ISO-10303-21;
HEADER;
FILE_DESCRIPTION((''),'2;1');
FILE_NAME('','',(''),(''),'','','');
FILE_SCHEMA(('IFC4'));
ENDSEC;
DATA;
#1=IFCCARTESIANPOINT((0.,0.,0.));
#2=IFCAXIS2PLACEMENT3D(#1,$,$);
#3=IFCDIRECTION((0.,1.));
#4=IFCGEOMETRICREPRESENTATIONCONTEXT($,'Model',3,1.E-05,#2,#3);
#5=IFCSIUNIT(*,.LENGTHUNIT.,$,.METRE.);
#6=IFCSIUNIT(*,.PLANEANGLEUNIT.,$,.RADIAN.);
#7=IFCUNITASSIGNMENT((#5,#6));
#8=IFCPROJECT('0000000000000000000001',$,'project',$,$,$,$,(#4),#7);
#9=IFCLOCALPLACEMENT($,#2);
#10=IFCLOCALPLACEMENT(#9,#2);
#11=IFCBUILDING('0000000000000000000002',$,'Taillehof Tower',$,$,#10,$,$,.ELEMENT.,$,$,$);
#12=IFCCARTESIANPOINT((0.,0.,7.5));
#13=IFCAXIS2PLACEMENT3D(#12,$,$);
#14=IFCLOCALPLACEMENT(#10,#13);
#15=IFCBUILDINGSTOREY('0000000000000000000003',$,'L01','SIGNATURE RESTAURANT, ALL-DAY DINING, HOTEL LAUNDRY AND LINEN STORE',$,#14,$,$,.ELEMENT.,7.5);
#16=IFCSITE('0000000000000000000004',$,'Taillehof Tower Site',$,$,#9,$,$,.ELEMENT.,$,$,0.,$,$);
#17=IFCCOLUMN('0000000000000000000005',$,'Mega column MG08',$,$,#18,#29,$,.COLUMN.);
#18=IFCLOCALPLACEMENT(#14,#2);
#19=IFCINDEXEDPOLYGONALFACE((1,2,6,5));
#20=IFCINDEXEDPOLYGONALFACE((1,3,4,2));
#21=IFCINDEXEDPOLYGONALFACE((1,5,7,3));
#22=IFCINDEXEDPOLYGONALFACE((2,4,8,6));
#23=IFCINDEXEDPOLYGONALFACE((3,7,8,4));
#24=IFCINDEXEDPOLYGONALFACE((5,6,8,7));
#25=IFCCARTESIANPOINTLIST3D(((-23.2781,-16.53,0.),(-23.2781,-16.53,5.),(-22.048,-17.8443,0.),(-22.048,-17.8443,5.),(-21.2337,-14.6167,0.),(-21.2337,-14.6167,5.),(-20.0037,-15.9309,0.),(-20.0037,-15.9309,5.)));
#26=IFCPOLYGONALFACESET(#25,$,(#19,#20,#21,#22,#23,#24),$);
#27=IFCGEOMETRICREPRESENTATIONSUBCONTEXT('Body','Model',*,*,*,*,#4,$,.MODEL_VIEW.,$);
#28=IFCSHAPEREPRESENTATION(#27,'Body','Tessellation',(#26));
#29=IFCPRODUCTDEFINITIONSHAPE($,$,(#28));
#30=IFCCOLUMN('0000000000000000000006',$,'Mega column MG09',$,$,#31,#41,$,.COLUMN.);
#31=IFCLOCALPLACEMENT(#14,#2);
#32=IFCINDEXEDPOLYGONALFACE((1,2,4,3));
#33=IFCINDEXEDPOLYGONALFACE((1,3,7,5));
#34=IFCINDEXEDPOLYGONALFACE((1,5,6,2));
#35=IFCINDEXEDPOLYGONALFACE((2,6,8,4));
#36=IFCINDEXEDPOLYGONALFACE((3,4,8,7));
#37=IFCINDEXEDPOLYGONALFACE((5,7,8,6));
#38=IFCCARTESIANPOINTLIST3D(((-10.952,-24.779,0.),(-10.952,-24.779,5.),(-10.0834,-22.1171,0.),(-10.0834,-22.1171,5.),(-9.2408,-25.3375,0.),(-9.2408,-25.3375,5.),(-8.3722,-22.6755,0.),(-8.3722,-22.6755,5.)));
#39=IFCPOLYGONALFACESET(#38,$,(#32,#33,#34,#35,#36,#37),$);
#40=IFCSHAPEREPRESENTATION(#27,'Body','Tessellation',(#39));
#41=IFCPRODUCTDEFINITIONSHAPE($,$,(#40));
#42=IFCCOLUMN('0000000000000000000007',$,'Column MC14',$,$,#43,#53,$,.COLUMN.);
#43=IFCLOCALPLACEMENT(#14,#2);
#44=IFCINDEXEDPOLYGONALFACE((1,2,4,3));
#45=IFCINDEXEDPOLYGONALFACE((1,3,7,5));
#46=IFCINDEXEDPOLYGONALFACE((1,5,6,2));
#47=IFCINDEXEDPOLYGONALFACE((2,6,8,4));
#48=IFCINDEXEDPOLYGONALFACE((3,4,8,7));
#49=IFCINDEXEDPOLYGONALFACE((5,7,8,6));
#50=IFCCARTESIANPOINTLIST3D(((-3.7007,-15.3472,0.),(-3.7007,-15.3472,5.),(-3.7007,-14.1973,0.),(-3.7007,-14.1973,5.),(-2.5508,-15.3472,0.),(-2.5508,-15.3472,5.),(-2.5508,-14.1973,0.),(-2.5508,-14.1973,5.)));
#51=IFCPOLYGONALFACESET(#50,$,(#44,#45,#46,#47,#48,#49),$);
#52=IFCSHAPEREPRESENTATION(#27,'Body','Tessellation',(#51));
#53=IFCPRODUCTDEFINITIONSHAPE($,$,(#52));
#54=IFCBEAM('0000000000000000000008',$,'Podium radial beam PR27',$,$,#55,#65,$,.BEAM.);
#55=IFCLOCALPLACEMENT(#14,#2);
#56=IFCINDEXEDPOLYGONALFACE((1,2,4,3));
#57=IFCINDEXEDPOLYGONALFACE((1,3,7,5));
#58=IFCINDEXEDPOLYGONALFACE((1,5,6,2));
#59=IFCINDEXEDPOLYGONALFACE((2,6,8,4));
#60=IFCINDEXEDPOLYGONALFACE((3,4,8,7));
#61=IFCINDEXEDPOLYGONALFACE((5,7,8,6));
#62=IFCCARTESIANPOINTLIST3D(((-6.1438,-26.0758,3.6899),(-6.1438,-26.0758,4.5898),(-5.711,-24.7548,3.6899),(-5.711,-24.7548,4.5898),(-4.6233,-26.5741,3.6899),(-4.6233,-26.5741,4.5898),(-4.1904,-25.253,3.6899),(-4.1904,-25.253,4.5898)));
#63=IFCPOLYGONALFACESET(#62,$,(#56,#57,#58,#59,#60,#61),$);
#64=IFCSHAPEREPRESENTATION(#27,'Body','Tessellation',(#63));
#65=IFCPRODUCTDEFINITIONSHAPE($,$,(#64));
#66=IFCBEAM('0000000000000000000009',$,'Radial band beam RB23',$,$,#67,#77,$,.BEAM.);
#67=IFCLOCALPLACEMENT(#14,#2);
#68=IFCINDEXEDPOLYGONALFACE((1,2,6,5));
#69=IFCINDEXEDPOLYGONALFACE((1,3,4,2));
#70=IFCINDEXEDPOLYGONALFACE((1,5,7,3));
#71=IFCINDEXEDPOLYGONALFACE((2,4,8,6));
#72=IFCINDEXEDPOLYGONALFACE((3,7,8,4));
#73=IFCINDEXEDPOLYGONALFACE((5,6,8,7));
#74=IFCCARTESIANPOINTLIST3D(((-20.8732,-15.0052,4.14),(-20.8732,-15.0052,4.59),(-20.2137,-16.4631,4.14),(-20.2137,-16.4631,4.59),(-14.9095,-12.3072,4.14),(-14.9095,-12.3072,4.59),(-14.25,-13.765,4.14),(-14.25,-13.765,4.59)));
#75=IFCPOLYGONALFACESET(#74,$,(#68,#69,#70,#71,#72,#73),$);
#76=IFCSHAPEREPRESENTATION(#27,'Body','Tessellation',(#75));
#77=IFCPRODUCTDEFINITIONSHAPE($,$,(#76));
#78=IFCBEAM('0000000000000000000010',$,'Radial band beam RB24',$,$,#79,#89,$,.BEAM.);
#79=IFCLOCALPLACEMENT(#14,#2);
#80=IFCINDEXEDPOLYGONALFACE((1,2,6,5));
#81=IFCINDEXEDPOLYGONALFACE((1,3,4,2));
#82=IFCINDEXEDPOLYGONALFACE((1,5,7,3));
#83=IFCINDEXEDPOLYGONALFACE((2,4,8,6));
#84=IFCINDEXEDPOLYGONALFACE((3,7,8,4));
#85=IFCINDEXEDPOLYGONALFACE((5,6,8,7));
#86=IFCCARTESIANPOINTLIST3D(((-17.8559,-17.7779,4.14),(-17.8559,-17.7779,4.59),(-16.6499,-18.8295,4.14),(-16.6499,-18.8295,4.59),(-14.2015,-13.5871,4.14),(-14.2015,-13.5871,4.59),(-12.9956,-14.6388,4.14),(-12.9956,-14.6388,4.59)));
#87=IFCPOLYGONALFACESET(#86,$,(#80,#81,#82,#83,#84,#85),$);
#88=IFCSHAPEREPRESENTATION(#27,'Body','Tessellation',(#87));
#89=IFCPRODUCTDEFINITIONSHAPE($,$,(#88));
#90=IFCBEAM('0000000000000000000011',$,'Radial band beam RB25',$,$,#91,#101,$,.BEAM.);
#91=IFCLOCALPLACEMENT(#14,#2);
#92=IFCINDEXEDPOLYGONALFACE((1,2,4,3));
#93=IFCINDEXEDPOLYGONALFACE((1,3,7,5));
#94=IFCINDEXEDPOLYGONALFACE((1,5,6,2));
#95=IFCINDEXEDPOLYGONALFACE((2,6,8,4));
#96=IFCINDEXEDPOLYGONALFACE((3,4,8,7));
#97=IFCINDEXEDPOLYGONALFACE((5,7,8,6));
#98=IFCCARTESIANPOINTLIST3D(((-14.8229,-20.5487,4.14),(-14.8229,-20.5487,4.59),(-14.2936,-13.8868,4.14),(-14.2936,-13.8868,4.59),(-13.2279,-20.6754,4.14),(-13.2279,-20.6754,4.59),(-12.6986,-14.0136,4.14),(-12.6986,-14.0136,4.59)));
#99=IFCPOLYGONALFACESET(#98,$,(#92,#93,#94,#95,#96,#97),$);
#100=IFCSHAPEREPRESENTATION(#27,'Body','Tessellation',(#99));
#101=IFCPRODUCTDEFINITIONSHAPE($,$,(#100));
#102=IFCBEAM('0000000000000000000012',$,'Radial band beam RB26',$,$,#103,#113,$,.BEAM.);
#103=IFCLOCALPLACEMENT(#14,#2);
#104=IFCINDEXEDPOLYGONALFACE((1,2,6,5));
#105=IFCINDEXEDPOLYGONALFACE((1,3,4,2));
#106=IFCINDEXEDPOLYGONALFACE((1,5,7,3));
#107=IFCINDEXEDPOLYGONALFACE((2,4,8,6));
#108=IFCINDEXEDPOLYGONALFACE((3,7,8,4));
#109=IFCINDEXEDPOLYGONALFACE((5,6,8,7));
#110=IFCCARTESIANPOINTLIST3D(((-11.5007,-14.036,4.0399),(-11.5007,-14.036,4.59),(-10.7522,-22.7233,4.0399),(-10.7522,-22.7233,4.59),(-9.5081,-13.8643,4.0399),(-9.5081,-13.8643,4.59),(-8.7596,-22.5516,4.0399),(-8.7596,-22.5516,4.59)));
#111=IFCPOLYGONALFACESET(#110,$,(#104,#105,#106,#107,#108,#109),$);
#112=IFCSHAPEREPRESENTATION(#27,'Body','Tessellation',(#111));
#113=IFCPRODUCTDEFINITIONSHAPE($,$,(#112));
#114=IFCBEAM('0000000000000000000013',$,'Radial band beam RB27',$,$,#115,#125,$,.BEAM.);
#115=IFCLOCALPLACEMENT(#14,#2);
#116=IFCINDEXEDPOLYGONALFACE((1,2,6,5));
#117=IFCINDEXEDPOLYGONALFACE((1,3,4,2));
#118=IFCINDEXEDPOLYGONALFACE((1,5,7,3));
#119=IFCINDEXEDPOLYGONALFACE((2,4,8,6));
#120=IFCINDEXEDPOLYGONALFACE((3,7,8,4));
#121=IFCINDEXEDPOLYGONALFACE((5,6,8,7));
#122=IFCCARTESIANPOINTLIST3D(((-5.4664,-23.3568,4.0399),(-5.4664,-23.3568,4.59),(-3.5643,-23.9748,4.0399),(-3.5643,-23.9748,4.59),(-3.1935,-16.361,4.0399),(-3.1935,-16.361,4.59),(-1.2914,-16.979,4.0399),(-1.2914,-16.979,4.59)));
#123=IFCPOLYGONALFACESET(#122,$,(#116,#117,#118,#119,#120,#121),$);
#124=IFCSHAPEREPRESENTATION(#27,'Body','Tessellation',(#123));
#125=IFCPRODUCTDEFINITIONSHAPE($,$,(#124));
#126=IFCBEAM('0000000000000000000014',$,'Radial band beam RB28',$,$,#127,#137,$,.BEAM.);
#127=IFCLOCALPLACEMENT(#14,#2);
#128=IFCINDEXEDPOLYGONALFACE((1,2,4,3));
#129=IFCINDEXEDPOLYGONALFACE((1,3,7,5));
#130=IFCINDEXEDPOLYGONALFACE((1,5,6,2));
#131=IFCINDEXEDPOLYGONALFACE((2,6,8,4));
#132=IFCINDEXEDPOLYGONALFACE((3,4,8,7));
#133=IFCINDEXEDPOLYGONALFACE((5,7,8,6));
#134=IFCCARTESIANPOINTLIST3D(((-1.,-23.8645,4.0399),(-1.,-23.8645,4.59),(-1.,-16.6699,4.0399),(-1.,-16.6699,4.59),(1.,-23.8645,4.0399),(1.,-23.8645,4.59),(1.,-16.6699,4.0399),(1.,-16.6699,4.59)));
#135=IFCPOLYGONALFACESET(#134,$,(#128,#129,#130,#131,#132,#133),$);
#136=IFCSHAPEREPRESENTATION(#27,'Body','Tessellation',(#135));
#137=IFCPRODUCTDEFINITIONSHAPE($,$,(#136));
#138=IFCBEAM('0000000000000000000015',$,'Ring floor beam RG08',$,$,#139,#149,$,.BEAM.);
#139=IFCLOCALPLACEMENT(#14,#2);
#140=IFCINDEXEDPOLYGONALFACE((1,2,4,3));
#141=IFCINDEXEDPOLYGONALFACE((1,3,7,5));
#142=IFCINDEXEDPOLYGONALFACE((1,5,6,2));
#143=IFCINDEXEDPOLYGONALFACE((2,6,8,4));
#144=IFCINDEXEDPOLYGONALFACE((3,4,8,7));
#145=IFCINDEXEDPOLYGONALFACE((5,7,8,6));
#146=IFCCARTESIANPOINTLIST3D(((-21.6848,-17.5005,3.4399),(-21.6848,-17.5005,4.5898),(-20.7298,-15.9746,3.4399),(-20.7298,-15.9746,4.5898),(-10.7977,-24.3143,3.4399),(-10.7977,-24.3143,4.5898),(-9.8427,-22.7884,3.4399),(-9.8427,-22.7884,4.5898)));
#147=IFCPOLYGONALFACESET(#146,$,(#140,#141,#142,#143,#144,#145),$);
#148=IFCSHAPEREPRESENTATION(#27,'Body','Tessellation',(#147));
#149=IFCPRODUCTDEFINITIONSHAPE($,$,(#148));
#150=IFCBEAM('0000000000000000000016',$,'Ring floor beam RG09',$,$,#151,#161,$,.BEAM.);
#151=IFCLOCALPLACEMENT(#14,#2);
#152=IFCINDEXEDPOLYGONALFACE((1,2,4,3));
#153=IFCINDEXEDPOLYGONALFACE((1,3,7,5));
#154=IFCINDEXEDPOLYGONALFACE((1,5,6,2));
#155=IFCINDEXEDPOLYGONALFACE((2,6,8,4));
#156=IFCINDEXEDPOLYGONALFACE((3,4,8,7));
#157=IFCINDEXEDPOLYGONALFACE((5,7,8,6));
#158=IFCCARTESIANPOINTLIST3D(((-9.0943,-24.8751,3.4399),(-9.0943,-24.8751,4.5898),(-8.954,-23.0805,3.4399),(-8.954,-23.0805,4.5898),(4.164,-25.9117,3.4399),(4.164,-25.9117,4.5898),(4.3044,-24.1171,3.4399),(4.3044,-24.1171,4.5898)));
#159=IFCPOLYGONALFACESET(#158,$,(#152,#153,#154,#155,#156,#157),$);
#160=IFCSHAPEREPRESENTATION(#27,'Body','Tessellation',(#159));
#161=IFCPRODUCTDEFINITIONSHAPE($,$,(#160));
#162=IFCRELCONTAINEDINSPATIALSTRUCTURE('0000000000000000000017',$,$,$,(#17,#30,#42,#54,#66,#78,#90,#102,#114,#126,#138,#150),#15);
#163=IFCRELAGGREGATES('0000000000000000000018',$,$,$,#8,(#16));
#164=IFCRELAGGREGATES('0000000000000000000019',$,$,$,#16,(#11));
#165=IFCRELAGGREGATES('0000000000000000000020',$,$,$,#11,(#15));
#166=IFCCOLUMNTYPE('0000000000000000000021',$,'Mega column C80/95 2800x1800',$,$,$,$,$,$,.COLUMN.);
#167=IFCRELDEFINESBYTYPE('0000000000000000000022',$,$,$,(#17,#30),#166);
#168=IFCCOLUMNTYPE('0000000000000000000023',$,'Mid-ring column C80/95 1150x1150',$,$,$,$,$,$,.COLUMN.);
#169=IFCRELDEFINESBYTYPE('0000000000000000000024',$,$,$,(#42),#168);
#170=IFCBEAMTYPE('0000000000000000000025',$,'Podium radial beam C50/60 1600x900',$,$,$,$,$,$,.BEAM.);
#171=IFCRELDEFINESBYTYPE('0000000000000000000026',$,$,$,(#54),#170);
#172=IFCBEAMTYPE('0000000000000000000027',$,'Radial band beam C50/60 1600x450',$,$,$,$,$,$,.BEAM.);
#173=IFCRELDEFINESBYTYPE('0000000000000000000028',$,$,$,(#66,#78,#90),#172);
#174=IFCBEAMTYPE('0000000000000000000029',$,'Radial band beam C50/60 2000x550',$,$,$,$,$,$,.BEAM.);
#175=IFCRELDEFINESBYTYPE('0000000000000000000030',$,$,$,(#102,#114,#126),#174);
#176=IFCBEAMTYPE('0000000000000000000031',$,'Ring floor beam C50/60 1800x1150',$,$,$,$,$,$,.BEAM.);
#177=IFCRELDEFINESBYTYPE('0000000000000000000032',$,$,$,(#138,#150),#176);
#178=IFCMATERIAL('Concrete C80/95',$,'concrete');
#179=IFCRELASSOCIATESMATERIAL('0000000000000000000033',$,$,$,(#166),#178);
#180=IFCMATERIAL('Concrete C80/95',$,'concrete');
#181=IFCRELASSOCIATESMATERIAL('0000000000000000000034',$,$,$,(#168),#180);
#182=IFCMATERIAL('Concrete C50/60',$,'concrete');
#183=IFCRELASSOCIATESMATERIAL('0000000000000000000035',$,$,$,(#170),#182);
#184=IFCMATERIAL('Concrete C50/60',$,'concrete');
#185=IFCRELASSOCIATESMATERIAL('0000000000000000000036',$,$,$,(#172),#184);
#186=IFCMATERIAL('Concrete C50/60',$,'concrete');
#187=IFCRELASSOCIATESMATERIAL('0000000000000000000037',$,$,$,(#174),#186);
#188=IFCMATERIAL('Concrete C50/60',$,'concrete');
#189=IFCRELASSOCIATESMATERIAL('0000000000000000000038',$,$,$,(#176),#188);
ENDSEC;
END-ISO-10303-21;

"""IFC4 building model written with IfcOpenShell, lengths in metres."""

from ifc_helpers import new_model, si_unit, direction, frame, origin, origin_2d, place, context, subcontext, project, spatial, rectangle, extrude, material, material_profile, profile_set, type_object, element, save


model = new_model("IFC4")

# Units and contexts
model_context = context("Model", 3, precision=1e-05, world=origin(), true_north=direction((0.0, 1.0)))
body_context = subcontext(model_context, "Body", "Model", "MODEL_VIEW")
ifc_project = project(units=[si_unit("LENGTHUNIT", "METRE"), si_unit("PLANEANGLEUNIT", "RADIAN")], contexts=[model_context])

# Site, building, storey
site_placement = place(None, origin())
site = spatial("IfcSite", under=ifc_project, at=site_placement, Name="Taillehof Tower Site", CompositionType="ELEMENT", RefElevation=0.0)
building_placement = place(site_placement, origin())
building = spatial("IfcBuilding", under=site, at=building_placement, Name="Taillehof Tower", CompositionType="ELEMENT")
storey_placement = place(building_placement, frame((0.0, 0.0, 7.5)))
storey = spatial("IfcBuildingStorey", under=building, at=storey_placement, Name="L01", Description="SIGNATURE RESTAURANT, ALL-DAY DINING, HOTEL LAUNDRY AND LINEN STORE", CompositionType="ELEMENT", Elevation=7.5)

# Columns
ifc_material_1 = material(Name="Concrete C80/95", Category="concrete")
ifc_material_profile_1 = material_profile(ifc_material_1, rectangle(XDim=2.8, YDim=1.8, at=origin_2d()), Name="RC 2800x1800")
ifc_profile_set_1 = profile_set([ifc_material_profile_1], Name="Concrete C80/95")
column_type_1 = type_object("IfcColumnType", Name="Mega column C80/95 2800x1800", PredefinedType="COLUMN", material=ifc_profile_set_1)
for number, where, z_axis, x_axis, name in (
    (1, (-21.6409, -16.2305, 0.0), (0.0, 0.0, 1.0), (-0.730113, -0.683326, 0.0), "Mega column MG08"),
    (2, (-9.6621, -23.7273, 0.0), (0.0, 0.0, 1.0), (-0.310219, -0.950665, 0.0), "Mega column MG09"),
):
    element("IfcColumn", number, at=place(storey_placement, frame(where, z_axis=z_axis, x_axis=x_axis)), inside=storey, type_object=column_type_1, Name=name, PredefinedType="COLUMN", context=body_context, shape_type="SweptSolid", body=[
        extrude(rectangle(XDim=2.8, YDim=1.8, at=origin_2d()), origin(), (0.0, 0.0, 1.0), 5.0),
    ])
ifc_material_2 = material(Name="Concrete C80/95", Category="concrete")
ifc_material_profile_2 = material_profile(ifc_material_2, rectangle(XDim=1.1499, YDim=1.1499, at=origin_2d()), Name="RC 1150x1150")
ifc_profile_set_2 = profile_set([ifc_material_profile_2], Name="Concrete C80/95")
column_type_2 = type_object("IfcColumnType", Name="Mid-ring column C80/95 1150x1150", PredefinedType="COLUMN", material=ifc_profile_set_2)
column_placement = place(storey_placement, frame((-3.1257, -14.7722, 0.0), z_axis=(0.0, 0.0, 1.0), x_axis=(1.0, 0.0, 0.0)))
element("IfcColumn", 3, at=column_placement, inside=storey, type_object=column_type_2, Name="Column MC14", PredefinedType="COLUMN", context=body_context, shape_type="SweptSolid", body=[
    extrude(rectangle(XDim=1.1499, YDim=1.1499, at=origin_2d()), origin(), (0.0, 0.0, 1.0), 5.0),
])

# Beams
ifc_material_3 = material(Name="Concrete C50/60", Category="concrete")
ifc_material_profile_3 = material_profile(ifc_material_3, rectangle(XDim=1.6001, YDim=0.8999, at=origin_2d()), Name="RC 1600x900")
ifc_profile_set_3 = profile_set([ifc_material_profile_3], Name="Concrete C50/60")
beam_type_1 = type_object("IfcBeamType", Name="Podium radial beam C50/60 1600x900", PredefinedType="BEAM", material=ifc_profile_set_3)
beam_1_placement = place(storey_placement, frame((-5.3835, -26.325, 4.1399), z_axis=(0.311376, 0.950287, 0.0), x_axis=(-0.950287, 0.311376, 0.0)))
element("IfcBeam", 4, at=beam_1_placement, inside=storey, type_object=beam_type_1, Name="Podium radial beam PR27", PredefinedType="BEAM", context=body_context, shape_type="SweptSolid", body=[
    extrude(rectangle(XDim=1.6001, YDim=0.8999, at=origin_2d()), origin(), (0.0, 0.0, 1.0), 1.3901),
])
ifc_material_4 = material(Name="Concrete C50/60", Category="concrete")
ifc_material_profile_4 = material_profile(ifc_material_4, rectangle(XDim=1.6001, YDim=0.45, at=origin_2d()), Name="RC 1600x450")
ifc_profile_set_4 = profile_set([ifc_material_profile_4], Name="Concrete C50/60")
beam_type_2 = type_object("IfcBeamType", Name="Radial band beam C50/60 1600x450", PredefinedType="BEAM", material=ifc_profile_set_4)
beam_2_placement = place(storey_placement, frame((-20.5435, -15.7341, 4.365), z_axis=(0.911098, 0.412189, 0.0), x_axis=(-0.412189, 0.911098, 0.0)))
element("IfcBeam", 5, at=beam_2_placement, inside=storey, type_object=beam_type_2, Name="Radial band beam RB23", PredefinedType="BEAM", context=body_context, shape_type="SweptSolid", body=[
    extrude(rectangle(XDim=1.6001, YDim=0.45, at=origin_2d()), origin(), (0.0, 0.0, 1.0), 6.5457),
])
beam_3_placement = place(storey_placement, frame((-17.2529, -18.3037, 4.365), z_axis=(0.657226, 0.753694, 0.0), x_axis=(-0.753694, 0.657226, 0.0)))
element("IfcBeam", 6, at=beam_3_placement, inside=storey, type_object=beam_type_2, Name="Radial band beam RB24", PredefinedType="BEAM", context=body_context, shape_type="SweptSolid", body=[
    extrude(rectangle(XDim=1.6001, YDim=0.45, at=origin_2d()), origin(), (0.0, 0.0, 1.0), 5.5603),
])
beam_4_placement = place(storey_placement, frame((-14.0254, -20.6121, 4.365), z_axis=(0.079202, 0.996859, 0.0), x_axis=(-0.996859, 0.079202, 0.0)))
element("IfcBeam", 7, at=beam_4_placement, inside=storey, type_object=beam_type_2, Name="Radial band beam RB25", PredefinedType="BEAM", context=body_context, shape_type="SweptSolid", body=[
    extrude(rectangle(XDim=1.6001, YDim=0.45, at=origin_2d()), origin(), (0.0, 0.0, 1.0), 6.6829),
])
ifc_material_5 = material(Name="Concrete C50/60", Category="concrete")
ifc_material_profile_5 = material_profile(ifc_material_5, rectangle(XDim=2.0, YDim=0.55, at=origin_2d()), Name="RC 2000x550")
ifc_profile_set_5 = profile_set([ifc_material_profile_5], Name="Concrete C50/60")
beam_type_3 = type_object("IfcBeamType", Name="Radial band beam C50/60 2000x550", PredefinedType="BEAM", material=ifc_profile_set_5)
beam_5_placement = place(storey_placement, frame((-9.7559, -22.6375, 4.3149), z_axis=(-0.085847, 0.996308, 0.0), x_axis=(-0.996308, -0.085847, 0.0)))
element("IfcBeam", 8, at=beam_5_placement, inside=storey, type_object=beam_type_3, Name="Radial band beam RB26", PredefinedType="BEAM", context=body_context, shape_type="SweptSolid", body=[
    extrude(rectangle(XDim=2.0, YDim=0.55, at=origin_2d()), origin(), (0.0, 0.0, 1.0), 8.7195),
])
beam_6_placement = place(storey_placement, frame((-4.5154, -23.6658, 4.3149), z_axis=(0.309, 0.951062, 0.0), x_axis=(-0.951062, 0.309, 0.0)))
element("IfcBeam", 9, at=beam_6_placement, inside=storey, type_object=beam_type_3, Name="Radial band beam RB27", PredefinedType="BEAM", context=body_context, shape_type="SweptSolid", body=[
    extrude(rectangle(XDim=2.0, YDim=0.55, at=origin_2d()), origin(), (0.0, 0.0, 1.0), 7.3557),
])
beam_7_placement = place(storey_placement, frame((0.0, -23.8645, 4.3149), z_axis=(0.0, 1.0, 0.0), x_axis=(-1.0, 0.0, 0.0)))
element("IfcBeam", 10, at=beam_7_placement, inside=storey, type_object=beam_type_3, Name="Radial band beam RB28", PredefinedType="BEAM", context=body_context, shape_type="SweptSolid", body=[
    extrude(rectangle(XDim=2.0, YDim=0.55, at=origin_2d()), origin(), (0.0, 0.0, 1.0), 7.1946),
])
ifc_material_6 = material(Name="Concrete C50/60", Category="concrete")
ifc_material_profile_6 = material_profile(ifc_material_6, rectangle(XDim=1.8, YDim=1.1499, at=origin_2d()), Name="RC 1800x1150")
ifc_profile_set_6 = profile_set([ifc_material_profile_6], Name="Concrete C50/60")
beam_type_4 = type_object("IfcBeamType", Name="Ring floor beam C50/60 1800x1150", PredefinedType="BEAM", material=ifc_profile_set_6)
beam_8_placement = place(storey_placement, frame((-21.2073, -16.7375, 4.0149), z_axis=(0.84767, -0.530523, 0.0), x_axis=(0.530523, 0.84767, 0.0)))
element("IfcBeam", 11, at=beam_8_placement, inside=storey, type_object=beam_type_4, Name="Ring floor beam RG08", PredefinedType="BEAM", context=body_context, shape_type="SweptSolid", body=[
    extrude(rectangle(XDim=1.8, YDim=1.1499, at=origin_2d()), origin(), (0.0, 0.0, 1.0), 12.8435),
])
beam_9_placement = place(storey_placement, frame((-9.0242, -23.9778, 4.0149), z_axis=(0.996957, -0.077949, 0.0), x_axis=(0.077949, 0.996957, 0.0)))
element("IfcBeam", 12, at=beam_9_placement, inside=storey, type_object=beam_type_4, Name="Ring floor beam RG09", PredefinedType="BEAM", context=body_context, shape_type="SweptSolid", body=[
    extrude(rectangle(XDim=1.8, YDim=1.1499, at=origin_2d()), origin(), (0.0, 0.0, 1.0), 13.2988),
])

save(model, "model.ifc")
